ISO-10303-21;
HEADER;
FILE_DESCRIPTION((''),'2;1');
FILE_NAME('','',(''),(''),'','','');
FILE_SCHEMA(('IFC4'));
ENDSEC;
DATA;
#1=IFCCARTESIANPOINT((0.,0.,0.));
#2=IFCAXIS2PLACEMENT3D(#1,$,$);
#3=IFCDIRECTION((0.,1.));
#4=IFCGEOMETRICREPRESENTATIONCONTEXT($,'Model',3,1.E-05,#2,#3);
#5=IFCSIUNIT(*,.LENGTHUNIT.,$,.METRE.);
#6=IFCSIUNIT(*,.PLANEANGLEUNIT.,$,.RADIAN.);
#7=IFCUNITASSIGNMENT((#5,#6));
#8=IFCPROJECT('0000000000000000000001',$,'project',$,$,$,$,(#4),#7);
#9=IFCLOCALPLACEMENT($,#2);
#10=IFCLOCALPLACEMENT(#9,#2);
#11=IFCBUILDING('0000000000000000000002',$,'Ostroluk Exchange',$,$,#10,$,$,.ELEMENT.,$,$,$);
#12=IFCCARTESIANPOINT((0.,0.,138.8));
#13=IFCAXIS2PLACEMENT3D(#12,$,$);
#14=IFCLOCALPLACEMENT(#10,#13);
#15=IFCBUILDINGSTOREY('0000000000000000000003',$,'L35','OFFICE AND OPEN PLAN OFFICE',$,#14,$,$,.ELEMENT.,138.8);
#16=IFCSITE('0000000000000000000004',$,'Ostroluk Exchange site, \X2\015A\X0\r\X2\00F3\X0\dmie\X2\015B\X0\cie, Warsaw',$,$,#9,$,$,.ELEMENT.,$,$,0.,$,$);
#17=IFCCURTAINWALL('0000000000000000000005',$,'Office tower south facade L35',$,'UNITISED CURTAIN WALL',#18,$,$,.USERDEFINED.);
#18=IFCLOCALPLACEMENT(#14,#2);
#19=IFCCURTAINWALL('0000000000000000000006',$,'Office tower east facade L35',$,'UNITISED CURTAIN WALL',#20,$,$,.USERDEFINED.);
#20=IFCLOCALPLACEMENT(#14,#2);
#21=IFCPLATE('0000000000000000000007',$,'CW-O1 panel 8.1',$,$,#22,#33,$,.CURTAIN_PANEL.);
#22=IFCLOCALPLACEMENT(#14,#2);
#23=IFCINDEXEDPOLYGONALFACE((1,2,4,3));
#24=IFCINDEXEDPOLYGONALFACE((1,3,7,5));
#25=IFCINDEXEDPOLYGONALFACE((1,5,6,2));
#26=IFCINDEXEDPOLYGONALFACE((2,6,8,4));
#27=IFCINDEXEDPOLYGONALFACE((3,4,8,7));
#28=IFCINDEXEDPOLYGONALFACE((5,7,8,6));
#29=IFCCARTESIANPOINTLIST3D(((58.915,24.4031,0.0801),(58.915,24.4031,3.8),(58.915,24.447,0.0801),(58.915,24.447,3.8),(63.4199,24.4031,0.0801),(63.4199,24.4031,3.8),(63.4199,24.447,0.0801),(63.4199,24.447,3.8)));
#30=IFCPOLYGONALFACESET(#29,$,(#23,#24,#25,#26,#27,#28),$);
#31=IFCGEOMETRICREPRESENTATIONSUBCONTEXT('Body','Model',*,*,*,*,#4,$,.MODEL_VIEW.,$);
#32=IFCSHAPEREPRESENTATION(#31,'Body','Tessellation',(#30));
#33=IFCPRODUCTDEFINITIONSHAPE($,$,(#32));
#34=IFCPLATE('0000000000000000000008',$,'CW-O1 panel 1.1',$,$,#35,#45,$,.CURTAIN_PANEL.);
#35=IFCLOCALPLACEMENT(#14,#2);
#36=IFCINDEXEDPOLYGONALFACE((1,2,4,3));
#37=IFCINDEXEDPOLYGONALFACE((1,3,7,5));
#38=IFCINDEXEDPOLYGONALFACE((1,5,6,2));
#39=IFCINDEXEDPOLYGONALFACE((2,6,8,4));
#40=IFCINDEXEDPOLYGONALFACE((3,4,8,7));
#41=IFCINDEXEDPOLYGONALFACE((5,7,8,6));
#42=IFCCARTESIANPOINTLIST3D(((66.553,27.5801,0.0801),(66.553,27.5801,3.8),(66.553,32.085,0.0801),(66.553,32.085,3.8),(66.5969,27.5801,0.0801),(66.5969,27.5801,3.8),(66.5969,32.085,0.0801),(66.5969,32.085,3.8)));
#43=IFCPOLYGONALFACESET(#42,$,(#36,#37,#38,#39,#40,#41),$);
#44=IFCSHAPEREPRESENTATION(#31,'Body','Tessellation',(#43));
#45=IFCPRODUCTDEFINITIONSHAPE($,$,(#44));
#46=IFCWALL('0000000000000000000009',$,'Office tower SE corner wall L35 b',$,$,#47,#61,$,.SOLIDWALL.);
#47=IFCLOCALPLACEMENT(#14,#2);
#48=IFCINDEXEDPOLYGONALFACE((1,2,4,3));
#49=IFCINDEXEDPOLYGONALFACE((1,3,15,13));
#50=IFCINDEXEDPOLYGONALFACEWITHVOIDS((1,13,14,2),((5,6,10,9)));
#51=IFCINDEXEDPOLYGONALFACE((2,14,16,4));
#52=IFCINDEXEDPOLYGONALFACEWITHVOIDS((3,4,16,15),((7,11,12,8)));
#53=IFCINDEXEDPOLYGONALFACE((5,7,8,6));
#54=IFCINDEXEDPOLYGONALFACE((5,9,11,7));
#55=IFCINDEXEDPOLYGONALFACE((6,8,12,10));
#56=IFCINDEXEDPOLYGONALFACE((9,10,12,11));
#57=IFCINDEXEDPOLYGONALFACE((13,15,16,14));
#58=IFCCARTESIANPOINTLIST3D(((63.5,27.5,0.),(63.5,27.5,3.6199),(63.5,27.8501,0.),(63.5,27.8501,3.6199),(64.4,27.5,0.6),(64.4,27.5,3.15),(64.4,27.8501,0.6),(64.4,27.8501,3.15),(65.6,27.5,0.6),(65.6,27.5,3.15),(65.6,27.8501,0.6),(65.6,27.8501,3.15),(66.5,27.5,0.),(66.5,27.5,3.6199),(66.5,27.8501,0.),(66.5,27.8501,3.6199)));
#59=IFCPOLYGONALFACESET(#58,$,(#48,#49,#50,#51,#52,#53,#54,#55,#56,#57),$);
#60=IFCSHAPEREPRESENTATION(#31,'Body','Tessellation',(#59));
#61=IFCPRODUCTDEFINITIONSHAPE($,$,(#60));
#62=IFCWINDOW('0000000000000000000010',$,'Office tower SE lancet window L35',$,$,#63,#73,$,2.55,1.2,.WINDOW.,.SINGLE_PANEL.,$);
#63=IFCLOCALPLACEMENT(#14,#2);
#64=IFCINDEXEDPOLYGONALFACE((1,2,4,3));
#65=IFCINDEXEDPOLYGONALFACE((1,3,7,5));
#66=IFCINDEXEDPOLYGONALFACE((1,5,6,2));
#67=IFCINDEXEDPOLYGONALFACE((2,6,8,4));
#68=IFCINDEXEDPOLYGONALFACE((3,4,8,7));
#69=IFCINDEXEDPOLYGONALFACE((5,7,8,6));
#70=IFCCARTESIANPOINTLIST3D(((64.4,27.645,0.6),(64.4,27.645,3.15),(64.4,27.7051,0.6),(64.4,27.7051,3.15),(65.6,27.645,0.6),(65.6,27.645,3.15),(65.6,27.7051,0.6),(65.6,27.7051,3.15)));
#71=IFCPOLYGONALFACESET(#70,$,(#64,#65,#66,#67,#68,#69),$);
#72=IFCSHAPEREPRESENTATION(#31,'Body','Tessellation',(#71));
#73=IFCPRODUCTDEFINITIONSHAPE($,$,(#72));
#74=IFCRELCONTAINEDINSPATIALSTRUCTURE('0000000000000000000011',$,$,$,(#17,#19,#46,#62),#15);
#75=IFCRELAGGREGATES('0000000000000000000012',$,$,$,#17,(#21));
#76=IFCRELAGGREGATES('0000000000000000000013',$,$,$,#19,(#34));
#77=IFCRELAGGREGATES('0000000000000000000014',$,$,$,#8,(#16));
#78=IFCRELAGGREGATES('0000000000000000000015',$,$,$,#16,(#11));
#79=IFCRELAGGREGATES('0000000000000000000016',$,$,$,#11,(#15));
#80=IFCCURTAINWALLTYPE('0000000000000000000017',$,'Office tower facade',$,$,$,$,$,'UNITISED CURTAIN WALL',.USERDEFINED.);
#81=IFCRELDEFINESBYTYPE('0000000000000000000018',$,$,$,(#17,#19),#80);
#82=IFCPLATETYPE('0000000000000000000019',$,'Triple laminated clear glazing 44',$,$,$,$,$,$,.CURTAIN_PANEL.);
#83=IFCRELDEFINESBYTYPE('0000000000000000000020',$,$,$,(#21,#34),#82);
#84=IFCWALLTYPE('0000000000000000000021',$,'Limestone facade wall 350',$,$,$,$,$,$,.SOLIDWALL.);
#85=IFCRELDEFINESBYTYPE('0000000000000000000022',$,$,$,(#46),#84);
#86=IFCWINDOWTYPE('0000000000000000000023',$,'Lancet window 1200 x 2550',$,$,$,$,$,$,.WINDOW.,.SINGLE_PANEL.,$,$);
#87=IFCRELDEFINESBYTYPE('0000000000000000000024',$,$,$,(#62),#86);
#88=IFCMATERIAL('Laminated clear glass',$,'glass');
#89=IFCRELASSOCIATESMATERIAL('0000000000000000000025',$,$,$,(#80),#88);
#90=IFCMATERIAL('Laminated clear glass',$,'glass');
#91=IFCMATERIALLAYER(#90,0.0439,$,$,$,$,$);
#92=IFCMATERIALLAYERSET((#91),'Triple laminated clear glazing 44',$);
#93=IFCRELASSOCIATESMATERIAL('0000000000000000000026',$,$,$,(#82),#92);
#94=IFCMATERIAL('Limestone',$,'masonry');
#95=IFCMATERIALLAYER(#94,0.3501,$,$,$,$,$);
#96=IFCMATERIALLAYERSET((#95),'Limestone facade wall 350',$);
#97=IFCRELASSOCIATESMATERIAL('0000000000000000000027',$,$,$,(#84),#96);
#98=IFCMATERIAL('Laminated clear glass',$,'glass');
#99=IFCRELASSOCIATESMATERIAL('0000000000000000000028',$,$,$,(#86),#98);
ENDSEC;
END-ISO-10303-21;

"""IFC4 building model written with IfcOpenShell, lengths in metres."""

from ifc_helpers import new_model, si_unit, direction, frame, frame_2d, origin, origin_2d, place, context, subcontext, project, spatial, rectangle, extrude, material, layer, layer_set, type_object, element, fill, aggregate, save


model = new_model("IFC4")

# Units and contexts
model_context = context("Model", 3, precision=1e-05, world=origin(), true_north=direction((0.0, 1.0)))
body_context = subcontext(model_context, "Body", "Model", "MODEL_VIEW")
ifc_project = project(units=[si_unit("LENGTHUNIT", "METRE"), si_unit("PLANEANGLEUNIT", "RADIAN")], contexts=[model_context])

# Site, building, storey
site_placement = place(None, origin())
site = spatial("IfcSite", under=ifc_project, at=site_placement, Name="Ostroluk Exchange site, Śródmieście, Warsaw", CompositionType="ELEMENT", RefElevation=0.0)
building_placement = place(site_placement, origin())
building = spatial("IfcBuilding", under=site, at=building_placement, Name="Ostroluk Exchange", CompositionType="ELEMENT")
storey_placement = place(building_placement, frame((0.0, 0.0, 138.8)))
storey = spatial("IfcBuildingStorey", under=building, at=storey_placement, Name="L35", Description="OFFICE AND OPEN PLAN OFFICE", CompositionType="ELEMENT", Elevation=138.8)

# Curtain walls
ifc_material_1 = material(Name="Laminated clear glass", Category="glass")
curtain_wall_type = type_object("IfcCurtainWallType", Name="Office tower facade", ElementType="UNITISED CURTAIN WALL", PredefinedType="USERDEFINED", material=ifc_material_1)
curtain_wall_1_placement = place(storey_placement, origin())
curtain_wall_1 = element("IfcCurtainWall", 1, at=curtain_wall_1_placement, inside=storey, type_object=curtain_wall_type, Name="Office tower south facade L35", ObjectType="UNITISED CURTAIN WALL", PredefinedType="USERDEFINED")
curtain_wall_2_placement = place(storey_placement, origin())
curtain_wall_2 = element("IfcCurtainWall", 2, at=curtain_wall_2_placement, inside=storey, type_object=curtain_wall_type, Name="Office tower east facade L35", ObjectType="UNITISED CURTAIN WALL", PredefinedType="USERDEFINED")

# Plates
ifc_material_2 = material(Name="Laminated clear glass", Category="glass")
ifc_layer_1 = layer(ifc_material_2, 0.0439)
ifc_layer_set_1 = layer_set([ifc_layer_1], Name="Triple laminated clear glazing 44")
plate_type_1 = type_object("IfcPlateType", Name="Triple laminated clear glazing 44", PredefinedType="CURTAIN_PANEL", material=ifc_layer_set_1)
plate_1_placement = place(storey_placement, frame((61.1675, 24.425, 0.0801), z_axis=(0.0, 0.0, 1.0), x_axis=(1.0, 0.0, 0.0)))
plate_1 = element("IfcPlate", 3, at=plate_1_placement, type_object=plate_type_1, Name="CW-O1 panel 8.1", PredefinedType="CURTAIN_PANEL", context=body_context, shape_type="SweptSolid", body=[
    extrude(rectangle(XDim=4.5049, YDim=0.0439, at=origin_2d()), origin(), (0.0, 0.0, 1.0), 3.72),
])
aggregate(curtain_wall_1, [plate_1])
plate_2_placement = place(storey_placement, frame((66.575, 29.8325, 0.0801), z_axis=(0.0, 0.0, 1.0), x_axis=(0.0, 1.0, 0.0)))
plate_2 = element("IfcPlate", 4, at=plate_2_placement, type_object=plate_type_1, Name="CW-O1 panel 1.1", PredefinedType="CURTAIN_PANEL", context=body_context, shape_type="SweptSolid", body=[
    extrude(rectangle(XDim=4.5049, YDim=0.0439, at=origin_2d()), origin(), (0.0, 0.0, 1.0), 3.72),
])
aggregate(curtain_wall_2, [plate_2])

# Shared definitions
ifc_material_3 = material(Name="Limestone", Category="masonry")
ifc_layer_2 = layer(ifc_material_3, 0.3501)
ifc_layer_set_2 = layer_set([ifc_layer_2], Name="Limestone facade wall 350")
wall_type = type_object("IfcWallType", Name="Limestone facade wall 350", PredefinedType="SOLIDWALL", material=ifc_layer_set_2)

# Wall, opening, window
wall_1_placement = place(storey_placement, frame((63.5, 27.675, 0.0), z_axis=(0.0, 0.0, 1.0), x_axis=(1.0, 0.0, 0.0)))
wall_1 = element("IfcWall", 5, at=wall_1_placement, inside=storey, type_object=wall_type, Name="Office tower SE corner wall L35 b", PredefinedType="SOLIDWALL", context=body_context, shape_type="SweptSolid", body=[
    extrude(rectangle(XDim=3.0, YDim=0.3501, at=frame_2d((1.5, 0.0))), origin(), (0.0, 0.0, 1.0), 3.6199),
])
opening_1_placement = place(wall_1_placement, frame((0.8999, 0.0, 0.6001)))
opening_1 = element("IfcOpeningElement", 6, at=opening_1_placement, cuts=wall_1, PredefinedType="OPENING", context=body_context, shape_type="SweptSolid", body=[
    extrude(rectangle(XDim=1.2, YDim=2.55, at=frame_2d((0.6001, 1.2749))), frame((0.0, 0.1851, 0.0), z_axis=(0.0, -1.0, 0.0), x_axis=(1.0, 0.0, 0.0)), (0.0, 0.0, 1.0), 0.3701),
])
ifc_material_4 = material(Name="Laminated clear glass", Category="glass")
window_type = type_object("IfcWindowType", Name="Lancet window 1200 x 2550", PartitioningType="SINGLE_PANEL", PredefinedType="WINDOW", material=ifc_material_4)
window_placement = place(opening_1_placement, origin())
window = element("IfcWindow", 7, at=window_placement, inside=storey, type_object=window_type, Name="Office tower SE lancet window L35", OverallHeight=2.55, OverallWidth=1.2, PartitioningType="SINGLE_PANEL", PredefinedType="WINDOW", context=body_context, shape_type="SweptSolid", body=[
    extrude(rectangle(XDim=1.2, YDim=2.55, at=frame_2d((0.6001, 1.2749))), frame((0.0, 0.03, 0.0), z_axis=(0.0, -1.0, 0.0), x_axis=(1.0, 0.0, 0.0)), (0.0, 0.0, 1.0), 0.0601),
])
fill(opening_1, window)

save(model, "model.ifc")
